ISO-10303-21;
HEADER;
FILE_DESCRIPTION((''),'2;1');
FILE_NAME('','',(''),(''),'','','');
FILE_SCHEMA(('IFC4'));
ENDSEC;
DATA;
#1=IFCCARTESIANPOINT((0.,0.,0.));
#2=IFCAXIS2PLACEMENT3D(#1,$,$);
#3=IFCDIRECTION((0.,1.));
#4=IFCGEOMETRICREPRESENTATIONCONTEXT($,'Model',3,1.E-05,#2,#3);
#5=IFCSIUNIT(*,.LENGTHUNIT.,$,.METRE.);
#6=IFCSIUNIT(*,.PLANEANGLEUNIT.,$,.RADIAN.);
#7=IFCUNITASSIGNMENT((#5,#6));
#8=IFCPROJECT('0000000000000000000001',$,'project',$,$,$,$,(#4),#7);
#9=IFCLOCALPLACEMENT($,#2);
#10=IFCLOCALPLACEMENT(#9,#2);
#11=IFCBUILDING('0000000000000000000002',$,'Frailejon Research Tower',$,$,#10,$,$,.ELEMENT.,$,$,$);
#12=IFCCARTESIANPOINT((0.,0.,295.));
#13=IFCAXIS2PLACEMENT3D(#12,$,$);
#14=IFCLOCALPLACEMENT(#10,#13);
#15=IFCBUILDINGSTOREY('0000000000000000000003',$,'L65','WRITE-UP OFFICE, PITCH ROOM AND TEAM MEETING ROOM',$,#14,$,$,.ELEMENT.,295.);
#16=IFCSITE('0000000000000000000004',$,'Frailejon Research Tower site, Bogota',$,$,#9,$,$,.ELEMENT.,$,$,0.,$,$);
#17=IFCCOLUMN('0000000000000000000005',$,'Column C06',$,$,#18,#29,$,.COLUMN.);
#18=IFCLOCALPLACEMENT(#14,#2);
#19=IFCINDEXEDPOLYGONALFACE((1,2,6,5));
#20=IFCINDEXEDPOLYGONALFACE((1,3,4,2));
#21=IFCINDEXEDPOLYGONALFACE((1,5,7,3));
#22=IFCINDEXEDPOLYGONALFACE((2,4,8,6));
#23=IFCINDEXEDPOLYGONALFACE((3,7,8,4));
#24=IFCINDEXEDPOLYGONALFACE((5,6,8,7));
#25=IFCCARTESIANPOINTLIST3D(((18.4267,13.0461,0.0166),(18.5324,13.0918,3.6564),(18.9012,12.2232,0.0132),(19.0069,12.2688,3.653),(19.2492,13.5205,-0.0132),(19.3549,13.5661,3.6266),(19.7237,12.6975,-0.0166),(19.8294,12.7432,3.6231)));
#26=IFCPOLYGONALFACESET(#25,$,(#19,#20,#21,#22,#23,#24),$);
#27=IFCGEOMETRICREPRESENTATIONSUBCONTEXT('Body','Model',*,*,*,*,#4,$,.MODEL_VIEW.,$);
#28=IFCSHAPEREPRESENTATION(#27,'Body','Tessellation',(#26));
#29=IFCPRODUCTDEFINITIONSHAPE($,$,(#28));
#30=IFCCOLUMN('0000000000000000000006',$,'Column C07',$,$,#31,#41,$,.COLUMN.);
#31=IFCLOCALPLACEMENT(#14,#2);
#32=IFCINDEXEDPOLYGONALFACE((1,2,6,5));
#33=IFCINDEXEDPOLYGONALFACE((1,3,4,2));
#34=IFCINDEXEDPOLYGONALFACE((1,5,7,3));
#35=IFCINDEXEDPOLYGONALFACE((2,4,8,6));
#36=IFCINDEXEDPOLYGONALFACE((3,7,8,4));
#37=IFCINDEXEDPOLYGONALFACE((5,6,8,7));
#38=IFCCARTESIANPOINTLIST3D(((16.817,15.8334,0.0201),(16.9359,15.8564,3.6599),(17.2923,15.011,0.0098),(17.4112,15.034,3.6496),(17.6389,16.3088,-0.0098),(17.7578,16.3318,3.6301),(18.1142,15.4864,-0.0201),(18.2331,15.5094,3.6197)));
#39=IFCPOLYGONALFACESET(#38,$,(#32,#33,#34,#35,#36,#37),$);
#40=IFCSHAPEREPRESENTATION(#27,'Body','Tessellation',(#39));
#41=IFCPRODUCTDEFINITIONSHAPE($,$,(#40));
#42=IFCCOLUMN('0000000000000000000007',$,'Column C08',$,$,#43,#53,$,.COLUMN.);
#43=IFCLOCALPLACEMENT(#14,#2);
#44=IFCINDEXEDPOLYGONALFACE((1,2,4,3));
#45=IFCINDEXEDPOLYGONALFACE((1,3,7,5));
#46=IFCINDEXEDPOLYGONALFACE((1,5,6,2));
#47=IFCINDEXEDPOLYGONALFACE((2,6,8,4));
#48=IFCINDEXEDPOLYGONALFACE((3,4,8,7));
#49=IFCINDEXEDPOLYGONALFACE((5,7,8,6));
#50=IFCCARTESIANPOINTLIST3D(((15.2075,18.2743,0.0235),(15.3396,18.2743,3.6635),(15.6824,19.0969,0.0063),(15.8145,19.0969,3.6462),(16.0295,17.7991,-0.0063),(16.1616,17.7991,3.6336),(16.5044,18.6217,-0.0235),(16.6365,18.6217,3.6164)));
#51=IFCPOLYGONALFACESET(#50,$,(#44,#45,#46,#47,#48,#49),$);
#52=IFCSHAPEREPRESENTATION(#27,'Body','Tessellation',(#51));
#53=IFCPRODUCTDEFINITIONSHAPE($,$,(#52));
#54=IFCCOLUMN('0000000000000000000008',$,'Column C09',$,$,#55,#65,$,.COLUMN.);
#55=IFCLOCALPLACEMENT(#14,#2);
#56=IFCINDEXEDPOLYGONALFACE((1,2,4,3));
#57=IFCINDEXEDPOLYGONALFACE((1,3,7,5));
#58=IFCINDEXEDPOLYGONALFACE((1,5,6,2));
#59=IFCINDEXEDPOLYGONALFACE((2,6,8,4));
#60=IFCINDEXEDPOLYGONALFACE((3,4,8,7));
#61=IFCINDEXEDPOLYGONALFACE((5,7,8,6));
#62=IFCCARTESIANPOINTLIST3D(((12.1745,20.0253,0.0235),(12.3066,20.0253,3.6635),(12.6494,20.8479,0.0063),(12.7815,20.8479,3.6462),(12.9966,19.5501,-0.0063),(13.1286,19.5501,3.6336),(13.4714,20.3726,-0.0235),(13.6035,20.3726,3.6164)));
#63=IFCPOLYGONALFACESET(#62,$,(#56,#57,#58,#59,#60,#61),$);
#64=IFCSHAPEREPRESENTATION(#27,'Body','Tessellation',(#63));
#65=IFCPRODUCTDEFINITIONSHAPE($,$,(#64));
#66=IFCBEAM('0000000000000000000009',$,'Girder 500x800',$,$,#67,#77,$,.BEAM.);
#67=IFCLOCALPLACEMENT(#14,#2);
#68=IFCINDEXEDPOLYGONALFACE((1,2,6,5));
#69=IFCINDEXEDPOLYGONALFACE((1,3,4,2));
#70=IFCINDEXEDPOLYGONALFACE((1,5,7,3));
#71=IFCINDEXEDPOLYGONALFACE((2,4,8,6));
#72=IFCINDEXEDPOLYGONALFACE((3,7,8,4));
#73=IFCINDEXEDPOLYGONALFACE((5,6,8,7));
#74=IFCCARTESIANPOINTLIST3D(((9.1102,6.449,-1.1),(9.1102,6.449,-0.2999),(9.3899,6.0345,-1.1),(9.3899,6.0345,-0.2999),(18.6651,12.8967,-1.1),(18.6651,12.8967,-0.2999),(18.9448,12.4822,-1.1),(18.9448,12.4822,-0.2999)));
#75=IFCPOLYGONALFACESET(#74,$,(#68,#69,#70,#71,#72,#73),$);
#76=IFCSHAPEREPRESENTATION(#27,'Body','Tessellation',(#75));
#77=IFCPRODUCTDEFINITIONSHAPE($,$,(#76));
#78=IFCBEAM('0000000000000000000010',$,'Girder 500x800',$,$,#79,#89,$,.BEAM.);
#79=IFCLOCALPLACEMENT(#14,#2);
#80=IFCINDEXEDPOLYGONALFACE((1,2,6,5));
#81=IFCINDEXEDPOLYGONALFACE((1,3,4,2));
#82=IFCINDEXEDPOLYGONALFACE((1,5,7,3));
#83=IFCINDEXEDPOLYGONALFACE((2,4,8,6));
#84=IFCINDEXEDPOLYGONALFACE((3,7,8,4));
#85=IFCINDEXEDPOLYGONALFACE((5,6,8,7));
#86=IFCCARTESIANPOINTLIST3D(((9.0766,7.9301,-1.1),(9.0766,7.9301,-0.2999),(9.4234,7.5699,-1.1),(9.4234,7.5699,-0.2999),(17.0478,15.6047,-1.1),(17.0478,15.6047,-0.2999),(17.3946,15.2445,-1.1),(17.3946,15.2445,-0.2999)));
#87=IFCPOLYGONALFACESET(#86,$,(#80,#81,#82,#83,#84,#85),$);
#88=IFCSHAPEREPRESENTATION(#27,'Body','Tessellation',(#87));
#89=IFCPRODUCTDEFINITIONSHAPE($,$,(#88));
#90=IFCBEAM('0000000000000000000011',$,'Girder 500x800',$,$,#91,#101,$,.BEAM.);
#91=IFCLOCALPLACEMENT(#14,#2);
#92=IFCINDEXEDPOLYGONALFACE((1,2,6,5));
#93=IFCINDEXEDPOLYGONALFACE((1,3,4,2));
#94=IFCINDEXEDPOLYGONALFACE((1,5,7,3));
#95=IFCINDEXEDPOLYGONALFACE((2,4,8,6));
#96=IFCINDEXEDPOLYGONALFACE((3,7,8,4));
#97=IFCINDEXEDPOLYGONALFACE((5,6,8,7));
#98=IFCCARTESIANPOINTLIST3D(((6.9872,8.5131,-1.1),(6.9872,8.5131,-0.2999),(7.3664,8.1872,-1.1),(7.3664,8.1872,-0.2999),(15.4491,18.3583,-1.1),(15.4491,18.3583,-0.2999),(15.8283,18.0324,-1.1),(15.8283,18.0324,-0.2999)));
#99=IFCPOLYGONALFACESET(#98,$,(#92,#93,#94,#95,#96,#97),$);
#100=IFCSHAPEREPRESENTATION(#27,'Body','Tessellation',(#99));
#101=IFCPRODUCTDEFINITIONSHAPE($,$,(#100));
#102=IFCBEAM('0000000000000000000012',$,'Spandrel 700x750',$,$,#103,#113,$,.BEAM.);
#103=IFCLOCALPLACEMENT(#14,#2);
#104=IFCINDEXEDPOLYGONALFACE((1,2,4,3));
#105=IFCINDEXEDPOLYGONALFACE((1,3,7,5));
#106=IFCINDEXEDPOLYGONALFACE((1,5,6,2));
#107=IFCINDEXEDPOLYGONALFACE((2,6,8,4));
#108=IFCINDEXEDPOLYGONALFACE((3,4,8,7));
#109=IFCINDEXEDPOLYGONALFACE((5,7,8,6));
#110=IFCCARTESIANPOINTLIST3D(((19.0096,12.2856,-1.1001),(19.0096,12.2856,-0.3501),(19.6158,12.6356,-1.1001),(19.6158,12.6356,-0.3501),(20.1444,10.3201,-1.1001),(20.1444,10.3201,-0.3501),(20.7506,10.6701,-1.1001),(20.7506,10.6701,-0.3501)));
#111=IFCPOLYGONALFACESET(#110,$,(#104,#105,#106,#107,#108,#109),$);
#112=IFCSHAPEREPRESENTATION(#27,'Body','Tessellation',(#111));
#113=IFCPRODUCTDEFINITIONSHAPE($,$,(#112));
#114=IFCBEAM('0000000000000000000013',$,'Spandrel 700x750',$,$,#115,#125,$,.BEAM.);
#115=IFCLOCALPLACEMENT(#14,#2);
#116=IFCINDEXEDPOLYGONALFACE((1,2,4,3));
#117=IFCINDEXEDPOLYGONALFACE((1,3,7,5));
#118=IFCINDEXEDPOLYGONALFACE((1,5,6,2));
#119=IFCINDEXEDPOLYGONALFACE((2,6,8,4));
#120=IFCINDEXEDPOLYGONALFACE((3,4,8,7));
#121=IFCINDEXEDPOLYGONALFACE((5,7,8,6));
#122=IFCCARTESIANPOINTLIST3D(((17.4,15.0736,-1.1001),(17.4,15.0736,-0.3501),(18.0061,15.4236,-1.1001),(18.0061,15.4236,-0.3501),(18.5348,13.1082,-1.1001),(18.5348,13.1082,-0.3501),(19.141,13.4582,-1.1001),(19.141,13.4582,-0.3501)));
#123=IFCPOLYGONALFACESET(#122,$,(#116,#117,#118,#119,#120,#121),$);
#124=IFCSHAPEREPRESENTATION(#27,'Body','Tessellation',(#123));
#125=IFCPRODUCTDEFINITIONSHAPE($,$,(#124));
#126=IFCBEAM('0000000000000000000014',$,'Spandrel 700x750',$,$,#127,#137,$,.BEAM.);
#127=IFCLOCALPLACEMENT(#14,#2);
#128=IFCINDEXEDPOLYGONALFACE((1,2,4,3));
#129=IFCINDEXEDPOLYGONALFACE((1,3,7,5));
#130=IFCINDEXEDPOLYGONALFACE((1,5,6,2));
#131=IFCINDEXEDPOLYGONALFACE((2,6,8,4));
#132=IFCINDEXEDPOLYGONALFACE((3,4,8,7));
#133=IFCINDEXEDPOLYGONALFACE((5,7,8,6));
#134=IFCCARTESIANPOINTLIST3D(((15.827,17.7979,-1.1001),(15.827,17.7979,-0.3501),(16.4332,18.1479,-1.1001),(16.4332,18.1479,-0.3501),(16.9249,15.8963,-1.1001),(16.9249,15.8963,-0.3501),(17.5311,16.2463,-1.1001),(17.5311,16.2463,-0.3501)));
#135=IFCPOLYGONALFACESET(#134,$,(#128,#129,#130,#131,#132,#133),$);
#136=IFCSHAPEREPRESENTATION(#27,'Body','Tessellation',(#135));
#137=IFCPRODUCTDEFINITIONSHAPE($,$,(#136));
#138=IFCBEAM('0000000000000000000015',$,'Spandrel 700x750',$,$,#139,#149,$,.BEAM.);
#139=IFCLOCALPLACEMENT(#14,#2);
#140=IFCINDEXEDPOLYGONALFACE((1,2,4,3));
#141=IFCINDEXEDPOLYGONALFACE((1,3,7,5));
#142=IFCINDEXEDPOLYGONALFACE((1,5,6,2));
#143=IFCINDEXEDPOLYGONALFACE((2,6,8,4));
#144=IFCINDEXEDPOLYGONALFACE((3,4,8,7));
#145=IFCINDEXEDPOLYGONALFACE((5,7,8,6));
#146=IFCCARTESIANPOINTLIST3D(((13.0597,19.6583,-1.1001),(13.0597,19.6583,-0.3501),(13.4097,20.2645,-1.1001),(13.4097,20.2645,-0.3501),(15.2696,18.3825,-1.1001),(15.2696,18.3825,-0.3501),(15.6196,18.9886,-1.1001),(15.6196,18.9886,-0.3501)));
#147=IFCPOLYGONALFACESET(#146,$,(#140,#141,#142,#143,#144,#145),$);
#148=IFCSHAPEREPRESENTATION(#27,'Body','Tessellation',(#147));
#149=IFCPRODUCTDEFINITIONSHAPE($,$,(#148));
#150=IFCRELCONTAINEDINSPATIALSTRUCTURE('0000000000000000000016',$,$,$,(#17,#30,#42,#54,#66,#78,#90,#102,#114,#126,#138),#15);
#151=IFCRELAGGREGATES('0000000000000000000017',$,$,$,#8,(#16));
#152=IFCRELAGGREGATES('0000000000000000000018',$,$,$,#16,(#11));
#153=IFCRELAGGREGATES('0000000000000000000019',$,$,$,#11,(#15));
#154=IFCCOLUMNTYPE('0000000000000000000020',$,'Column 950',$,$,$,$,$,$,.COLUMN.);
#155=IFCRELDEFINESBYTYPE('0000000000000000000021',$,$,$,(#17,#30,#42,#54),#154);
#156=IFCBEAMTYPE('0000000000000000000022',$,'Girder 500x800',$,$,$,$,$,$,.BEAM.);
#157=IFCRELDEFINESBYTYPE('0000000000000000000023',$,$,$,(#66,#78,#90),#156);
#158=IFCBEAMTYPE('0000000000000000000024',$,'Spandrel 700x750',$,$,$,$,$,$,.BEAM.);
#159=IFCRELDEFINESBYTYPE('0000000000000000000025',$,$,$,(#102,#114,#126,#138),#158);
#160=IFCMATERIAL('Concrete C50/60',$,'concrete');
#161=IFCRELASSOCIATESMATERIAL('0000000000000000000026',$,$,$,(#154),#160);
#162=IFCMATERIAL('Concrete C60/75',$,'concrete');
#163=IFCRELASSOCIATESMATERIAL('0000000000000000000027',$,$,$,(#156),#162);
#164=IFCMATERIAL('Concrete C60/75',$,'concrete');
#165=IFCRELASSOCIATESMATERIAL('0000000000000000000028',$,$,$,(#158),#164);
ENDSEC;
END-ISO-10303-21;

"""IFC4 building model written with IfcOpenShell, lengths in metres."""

from ifc_helpers import new_model, si_unit, direction, frame, origin, origin_2d, place, context, subcontext, project, spatial, rectangle, extrude, material, material_profile, profile_set, type_object, element, save


model = new_model("IFC4")

# Units and contexts
model_context = context("Model", 3, precision=1e-05, world=origin(), true_north=direction((0.0, 1.0)))
body_context = subcontext(model_context, "Body", "Model", "MODEL_VIEW")
ifc_project = project(units=[si_unit("LENGTHUNIT", "METRE"), si_unit("PLANEANGLEUNIT", "RADIAN")], contexts=[model_context])

# Site, building, storey
site_placement = place(None, origin())
site = spatial("IfcSite", under=ifc_project, at=site_placement, Name="Frailejon Research Tower site, Bogota", CompositionType="ELEMENT", RefElevation=0.0)
building_placement = place(site_placement, origin())
building = spatial("IfcBuilding", under=site, at=building_placement, Name="Frailejon Research Tower", CompositionType="ELEMENT")
storey_placement = place(building_placement, frame((0.0, 0.0, 295.0)))
storey = spatial("IfcBuildingStorey", under=building, at=storey_placement, Name="L65", Description="WRITE-UP OFFICE, PITCH ROOM AND TEAM MEETING ROOM", CompositionType="ELEMENT", Elevation=295.0)

# Columns
ifc_material_1 = material(Name="Concrete C50/60", Category="concrete")
ifc_material_profile_1 = material_profile(ifc_material_1, rectangle(XDim=0.95, YDim=0.95, at=origin_2d()), Name="Column 950")
ifc_profile_set_1 = profile_set([ifc_material_profile_1], Name="Concrete C50/60")
column_type = type_object("IfcColumnType", Name="Column 950", PredefinedType="COLUMN", material=ifc_profile_set_1)
column_1_placement = place(storey_placement, frame((19.0752, 12.8718, 0.0), z_axis=(0.029028, 0.012536, 0.9995), x_axis=(-0.499521, 0.866294, 0.003642)))
element("IfcColumn", 1, at=column_1_placement, inside=storey, type_object=column_type, Name="Column C06", PredefinedType="COLUMN", context=body_context, shape_type="SweptSolid", body=[
    extrude(rectangle(XDim=0.95, YDim=0.95, at=origin_2d()), origin(), (0.0, 0.0, 1.0), 3.6416),
])
column_2_placement = place(storey_placement, frame((17.4656, 15.6599, 0.0), z_axis=(0.032647, 0.006301, 0.999447), x_axis=(-0.500366, 0.865745, 0.010886)))
element("IfcColumn", 2, at=column_2_placement, inside=storey, type_object=column_type, Name="Column C07", PredefinedType="COLUMN", context=body_context, shape_type="SweptSolid", body=[
    extrude(rectangle(XDim=0.95, YDim=0.95, at=origin_2d()), origin(), (0.0, 0.0, 1.0), 3.6418),
])
for number, where, z_axis, x_axis, name in (
    (3, (15.856, 18.448, 0.0), (0.036263, 0.0, 0.999342), (-0.865314, 0.500246, 0.031399), "Column C08"),
    (4, (12.823, 20.199, 0.0), (0.036263, 0.0, 0.999342), (-0.865314, 0.500246, 0.031399), "Column C09"),
):
    element("IfcColumn", number, at=place(storey_placement, frame(where, z_axis=z_axis, x_axis=x_axis)), inside=storey, type_object=column_type, Name=name, PredefinedType="COLUMN", context=body_context, shape_type="SweptSolid", body=[
        extrude(rectangle(XDim=0.95, YDim=0.95, at=origin_2d()), origin(), (0.0, 0.0, 1.0), 3.6423),
    ])

# Beams
ifc_material_2 = material(Name="Concrete C60/75", Category="concrete")
ifc_material_profile_2 = material_profile(ifc_material_2, rectangle(XDim=0.5, YDim=0.8, at=origin_2d()), Name="Girder 500x800")
ifc_profile_set_2 = profile_set([ifc_material_profile_2], Name="Concrete C60/75")
beam_type_1 = type_object("IfcBeamType", Name="Girder 500x800", PredefinedType="BEAM", material=ifc_profile_set_2)
beam_1_placement = place(storey_placement, frame((18.8049, 12.6895, -0.7), z_axis=(-0.828922, -0.559364, 0.0), x_axis=(0.559364, -0.828922, 0.0)))
element("IfcBeam", 5, at=beam_1_placement, inside=storey, type_object=beam_type_1, Name="Girder 500x800", PredefinedType="BEAM", context=body_context, shape_type="SweptSolid", body=[
    extrude(rectangle(XDim=0.5, YDim=0.8, at=origin_2d()), origin(), (0.0, 0.0, 1.0), 11.5269),
])
beam_2_placement = place(storey_placement, frame((17.2212, 15.4246, -0.7), z_axis=(-0.720383, -0.693576, 0.0), x_axis=(0.693576, -0.720383, 0.0)))
element("IfcBeam", 6, at=beam_2_placement, inside=storey, type_object=beam_type_1, Name="Girder 500x800", PredefinedType="BEAM", context=body_context, shape_type="SweptSolid", body=[
    extrude(rectangle(XDim=0.5, YDim=0.8, at=origin_2d()), origin(), (0.0, 0.0, 1.0), 11.0652),
])
beam_3_placement = place(storey_placement, frame((15.6387, 18.1953, -0.7), z_axis=(-0.651819, -0.758374, 0.0), x_axis=(0.758374, -0.651819, 0.0)))
element("IfcBeam", 7, at=beam_3_placement, inside=storey, type_object=beam_type_1, Name="Girder 500x800", PredefinedType="BEAM", context=body_context, shape_type="SweptSolid", body=[
    extrude(rectangle(XDim=0.5, YDim=0.8, at=origin_2d()), origin(), (0.0, 0.0, 1.0), 12.9819),
])
ifc_material_3 = material(Name="Concrete C60/75", Category="concrete")
ifc_material_profile_3 = material_profile(ifc_material_3, rectangle(XDim=0.7, YDim=0.75, at=origin_2d()), Name="Spandrel 700x750")
ifc_profile_set_3 = profile_set([ifc_material_profile_3], Name="Concrete C60/75")
beam_type_2 = type_object("IfcBeamType", Name="Spandrel 700x750", PredefinedType="BEAM", material=ifc_profile_set_3)
for number, where, z_axis, x_axis, name in (
    (8, (20.4475, 10.4951, -0.7251), (-0.500027, 0.86601, 0.0), (-0.86601, -0.500027, 0.0), "Spandrel 700x750"),
    (9, (18.8379, 13.2832, -0.7251), (-0.500027, 0.86601, 0.0), (-0.86601, -0.500027, 0.0), "Spandrel 700x750"),
):
    element("IfcBeam", number, at=place(storey_placement, frame(where, z_axis=z_axis, x_axis=x_axis)), inside=storey, type_object=beam_type_2, Name=name, PredefinedType="BEAM", context=body_context, shape_type="SweptSolid", body=[
        extrude(rectangle(XDim=0.7, YDim=0.75, at=origin_2d()), origin(), (0.0, 0.0, 1.0), 2.2695),
    ])
beam_4_placement = place(storey_placement, frame((17.228, 16.0713, -0.7251), z_axis=(-0.500002, 0.866025, 0.0), x_axis=(-0.866025, -0.500002, 0.0)))
element("IfcBeam", 10, at=beam_4_placement, inside=storey, type_object=beam_type_2, Name="Spandrel 700x750", PredefinedType="BEAM", context=body_context, shape_type="SweptSolid", body=[
    extrude(rectangle(XDim=0.7, YDim=0.75, at=origin_2d()), origin(), (0.0, 0.0, 1.0), 2.1958),
])
beam_5_placement = place(storey_placement, frame((15.4446, 18.6855, -0.7251), z_axis=(-0.866033, 0.499987, 0.0), x_axis=(-0.499987, -0.866033, 0.0)))
element("IfcBeam", 11, at=beam_5_placement, inside=storey, type_object=beam_type_2, Name="Spandrel 700x750", PredefinedType="BEAM", context=body_context, shape_type="SweptSolid", body=[
    extrude(rectangle(XDim=0.7, YDim=0.75, at=origin_2d()), origin(), (0.0, 0.0, 1.0), 2.5518),
])

save(model, "model.ifc")
